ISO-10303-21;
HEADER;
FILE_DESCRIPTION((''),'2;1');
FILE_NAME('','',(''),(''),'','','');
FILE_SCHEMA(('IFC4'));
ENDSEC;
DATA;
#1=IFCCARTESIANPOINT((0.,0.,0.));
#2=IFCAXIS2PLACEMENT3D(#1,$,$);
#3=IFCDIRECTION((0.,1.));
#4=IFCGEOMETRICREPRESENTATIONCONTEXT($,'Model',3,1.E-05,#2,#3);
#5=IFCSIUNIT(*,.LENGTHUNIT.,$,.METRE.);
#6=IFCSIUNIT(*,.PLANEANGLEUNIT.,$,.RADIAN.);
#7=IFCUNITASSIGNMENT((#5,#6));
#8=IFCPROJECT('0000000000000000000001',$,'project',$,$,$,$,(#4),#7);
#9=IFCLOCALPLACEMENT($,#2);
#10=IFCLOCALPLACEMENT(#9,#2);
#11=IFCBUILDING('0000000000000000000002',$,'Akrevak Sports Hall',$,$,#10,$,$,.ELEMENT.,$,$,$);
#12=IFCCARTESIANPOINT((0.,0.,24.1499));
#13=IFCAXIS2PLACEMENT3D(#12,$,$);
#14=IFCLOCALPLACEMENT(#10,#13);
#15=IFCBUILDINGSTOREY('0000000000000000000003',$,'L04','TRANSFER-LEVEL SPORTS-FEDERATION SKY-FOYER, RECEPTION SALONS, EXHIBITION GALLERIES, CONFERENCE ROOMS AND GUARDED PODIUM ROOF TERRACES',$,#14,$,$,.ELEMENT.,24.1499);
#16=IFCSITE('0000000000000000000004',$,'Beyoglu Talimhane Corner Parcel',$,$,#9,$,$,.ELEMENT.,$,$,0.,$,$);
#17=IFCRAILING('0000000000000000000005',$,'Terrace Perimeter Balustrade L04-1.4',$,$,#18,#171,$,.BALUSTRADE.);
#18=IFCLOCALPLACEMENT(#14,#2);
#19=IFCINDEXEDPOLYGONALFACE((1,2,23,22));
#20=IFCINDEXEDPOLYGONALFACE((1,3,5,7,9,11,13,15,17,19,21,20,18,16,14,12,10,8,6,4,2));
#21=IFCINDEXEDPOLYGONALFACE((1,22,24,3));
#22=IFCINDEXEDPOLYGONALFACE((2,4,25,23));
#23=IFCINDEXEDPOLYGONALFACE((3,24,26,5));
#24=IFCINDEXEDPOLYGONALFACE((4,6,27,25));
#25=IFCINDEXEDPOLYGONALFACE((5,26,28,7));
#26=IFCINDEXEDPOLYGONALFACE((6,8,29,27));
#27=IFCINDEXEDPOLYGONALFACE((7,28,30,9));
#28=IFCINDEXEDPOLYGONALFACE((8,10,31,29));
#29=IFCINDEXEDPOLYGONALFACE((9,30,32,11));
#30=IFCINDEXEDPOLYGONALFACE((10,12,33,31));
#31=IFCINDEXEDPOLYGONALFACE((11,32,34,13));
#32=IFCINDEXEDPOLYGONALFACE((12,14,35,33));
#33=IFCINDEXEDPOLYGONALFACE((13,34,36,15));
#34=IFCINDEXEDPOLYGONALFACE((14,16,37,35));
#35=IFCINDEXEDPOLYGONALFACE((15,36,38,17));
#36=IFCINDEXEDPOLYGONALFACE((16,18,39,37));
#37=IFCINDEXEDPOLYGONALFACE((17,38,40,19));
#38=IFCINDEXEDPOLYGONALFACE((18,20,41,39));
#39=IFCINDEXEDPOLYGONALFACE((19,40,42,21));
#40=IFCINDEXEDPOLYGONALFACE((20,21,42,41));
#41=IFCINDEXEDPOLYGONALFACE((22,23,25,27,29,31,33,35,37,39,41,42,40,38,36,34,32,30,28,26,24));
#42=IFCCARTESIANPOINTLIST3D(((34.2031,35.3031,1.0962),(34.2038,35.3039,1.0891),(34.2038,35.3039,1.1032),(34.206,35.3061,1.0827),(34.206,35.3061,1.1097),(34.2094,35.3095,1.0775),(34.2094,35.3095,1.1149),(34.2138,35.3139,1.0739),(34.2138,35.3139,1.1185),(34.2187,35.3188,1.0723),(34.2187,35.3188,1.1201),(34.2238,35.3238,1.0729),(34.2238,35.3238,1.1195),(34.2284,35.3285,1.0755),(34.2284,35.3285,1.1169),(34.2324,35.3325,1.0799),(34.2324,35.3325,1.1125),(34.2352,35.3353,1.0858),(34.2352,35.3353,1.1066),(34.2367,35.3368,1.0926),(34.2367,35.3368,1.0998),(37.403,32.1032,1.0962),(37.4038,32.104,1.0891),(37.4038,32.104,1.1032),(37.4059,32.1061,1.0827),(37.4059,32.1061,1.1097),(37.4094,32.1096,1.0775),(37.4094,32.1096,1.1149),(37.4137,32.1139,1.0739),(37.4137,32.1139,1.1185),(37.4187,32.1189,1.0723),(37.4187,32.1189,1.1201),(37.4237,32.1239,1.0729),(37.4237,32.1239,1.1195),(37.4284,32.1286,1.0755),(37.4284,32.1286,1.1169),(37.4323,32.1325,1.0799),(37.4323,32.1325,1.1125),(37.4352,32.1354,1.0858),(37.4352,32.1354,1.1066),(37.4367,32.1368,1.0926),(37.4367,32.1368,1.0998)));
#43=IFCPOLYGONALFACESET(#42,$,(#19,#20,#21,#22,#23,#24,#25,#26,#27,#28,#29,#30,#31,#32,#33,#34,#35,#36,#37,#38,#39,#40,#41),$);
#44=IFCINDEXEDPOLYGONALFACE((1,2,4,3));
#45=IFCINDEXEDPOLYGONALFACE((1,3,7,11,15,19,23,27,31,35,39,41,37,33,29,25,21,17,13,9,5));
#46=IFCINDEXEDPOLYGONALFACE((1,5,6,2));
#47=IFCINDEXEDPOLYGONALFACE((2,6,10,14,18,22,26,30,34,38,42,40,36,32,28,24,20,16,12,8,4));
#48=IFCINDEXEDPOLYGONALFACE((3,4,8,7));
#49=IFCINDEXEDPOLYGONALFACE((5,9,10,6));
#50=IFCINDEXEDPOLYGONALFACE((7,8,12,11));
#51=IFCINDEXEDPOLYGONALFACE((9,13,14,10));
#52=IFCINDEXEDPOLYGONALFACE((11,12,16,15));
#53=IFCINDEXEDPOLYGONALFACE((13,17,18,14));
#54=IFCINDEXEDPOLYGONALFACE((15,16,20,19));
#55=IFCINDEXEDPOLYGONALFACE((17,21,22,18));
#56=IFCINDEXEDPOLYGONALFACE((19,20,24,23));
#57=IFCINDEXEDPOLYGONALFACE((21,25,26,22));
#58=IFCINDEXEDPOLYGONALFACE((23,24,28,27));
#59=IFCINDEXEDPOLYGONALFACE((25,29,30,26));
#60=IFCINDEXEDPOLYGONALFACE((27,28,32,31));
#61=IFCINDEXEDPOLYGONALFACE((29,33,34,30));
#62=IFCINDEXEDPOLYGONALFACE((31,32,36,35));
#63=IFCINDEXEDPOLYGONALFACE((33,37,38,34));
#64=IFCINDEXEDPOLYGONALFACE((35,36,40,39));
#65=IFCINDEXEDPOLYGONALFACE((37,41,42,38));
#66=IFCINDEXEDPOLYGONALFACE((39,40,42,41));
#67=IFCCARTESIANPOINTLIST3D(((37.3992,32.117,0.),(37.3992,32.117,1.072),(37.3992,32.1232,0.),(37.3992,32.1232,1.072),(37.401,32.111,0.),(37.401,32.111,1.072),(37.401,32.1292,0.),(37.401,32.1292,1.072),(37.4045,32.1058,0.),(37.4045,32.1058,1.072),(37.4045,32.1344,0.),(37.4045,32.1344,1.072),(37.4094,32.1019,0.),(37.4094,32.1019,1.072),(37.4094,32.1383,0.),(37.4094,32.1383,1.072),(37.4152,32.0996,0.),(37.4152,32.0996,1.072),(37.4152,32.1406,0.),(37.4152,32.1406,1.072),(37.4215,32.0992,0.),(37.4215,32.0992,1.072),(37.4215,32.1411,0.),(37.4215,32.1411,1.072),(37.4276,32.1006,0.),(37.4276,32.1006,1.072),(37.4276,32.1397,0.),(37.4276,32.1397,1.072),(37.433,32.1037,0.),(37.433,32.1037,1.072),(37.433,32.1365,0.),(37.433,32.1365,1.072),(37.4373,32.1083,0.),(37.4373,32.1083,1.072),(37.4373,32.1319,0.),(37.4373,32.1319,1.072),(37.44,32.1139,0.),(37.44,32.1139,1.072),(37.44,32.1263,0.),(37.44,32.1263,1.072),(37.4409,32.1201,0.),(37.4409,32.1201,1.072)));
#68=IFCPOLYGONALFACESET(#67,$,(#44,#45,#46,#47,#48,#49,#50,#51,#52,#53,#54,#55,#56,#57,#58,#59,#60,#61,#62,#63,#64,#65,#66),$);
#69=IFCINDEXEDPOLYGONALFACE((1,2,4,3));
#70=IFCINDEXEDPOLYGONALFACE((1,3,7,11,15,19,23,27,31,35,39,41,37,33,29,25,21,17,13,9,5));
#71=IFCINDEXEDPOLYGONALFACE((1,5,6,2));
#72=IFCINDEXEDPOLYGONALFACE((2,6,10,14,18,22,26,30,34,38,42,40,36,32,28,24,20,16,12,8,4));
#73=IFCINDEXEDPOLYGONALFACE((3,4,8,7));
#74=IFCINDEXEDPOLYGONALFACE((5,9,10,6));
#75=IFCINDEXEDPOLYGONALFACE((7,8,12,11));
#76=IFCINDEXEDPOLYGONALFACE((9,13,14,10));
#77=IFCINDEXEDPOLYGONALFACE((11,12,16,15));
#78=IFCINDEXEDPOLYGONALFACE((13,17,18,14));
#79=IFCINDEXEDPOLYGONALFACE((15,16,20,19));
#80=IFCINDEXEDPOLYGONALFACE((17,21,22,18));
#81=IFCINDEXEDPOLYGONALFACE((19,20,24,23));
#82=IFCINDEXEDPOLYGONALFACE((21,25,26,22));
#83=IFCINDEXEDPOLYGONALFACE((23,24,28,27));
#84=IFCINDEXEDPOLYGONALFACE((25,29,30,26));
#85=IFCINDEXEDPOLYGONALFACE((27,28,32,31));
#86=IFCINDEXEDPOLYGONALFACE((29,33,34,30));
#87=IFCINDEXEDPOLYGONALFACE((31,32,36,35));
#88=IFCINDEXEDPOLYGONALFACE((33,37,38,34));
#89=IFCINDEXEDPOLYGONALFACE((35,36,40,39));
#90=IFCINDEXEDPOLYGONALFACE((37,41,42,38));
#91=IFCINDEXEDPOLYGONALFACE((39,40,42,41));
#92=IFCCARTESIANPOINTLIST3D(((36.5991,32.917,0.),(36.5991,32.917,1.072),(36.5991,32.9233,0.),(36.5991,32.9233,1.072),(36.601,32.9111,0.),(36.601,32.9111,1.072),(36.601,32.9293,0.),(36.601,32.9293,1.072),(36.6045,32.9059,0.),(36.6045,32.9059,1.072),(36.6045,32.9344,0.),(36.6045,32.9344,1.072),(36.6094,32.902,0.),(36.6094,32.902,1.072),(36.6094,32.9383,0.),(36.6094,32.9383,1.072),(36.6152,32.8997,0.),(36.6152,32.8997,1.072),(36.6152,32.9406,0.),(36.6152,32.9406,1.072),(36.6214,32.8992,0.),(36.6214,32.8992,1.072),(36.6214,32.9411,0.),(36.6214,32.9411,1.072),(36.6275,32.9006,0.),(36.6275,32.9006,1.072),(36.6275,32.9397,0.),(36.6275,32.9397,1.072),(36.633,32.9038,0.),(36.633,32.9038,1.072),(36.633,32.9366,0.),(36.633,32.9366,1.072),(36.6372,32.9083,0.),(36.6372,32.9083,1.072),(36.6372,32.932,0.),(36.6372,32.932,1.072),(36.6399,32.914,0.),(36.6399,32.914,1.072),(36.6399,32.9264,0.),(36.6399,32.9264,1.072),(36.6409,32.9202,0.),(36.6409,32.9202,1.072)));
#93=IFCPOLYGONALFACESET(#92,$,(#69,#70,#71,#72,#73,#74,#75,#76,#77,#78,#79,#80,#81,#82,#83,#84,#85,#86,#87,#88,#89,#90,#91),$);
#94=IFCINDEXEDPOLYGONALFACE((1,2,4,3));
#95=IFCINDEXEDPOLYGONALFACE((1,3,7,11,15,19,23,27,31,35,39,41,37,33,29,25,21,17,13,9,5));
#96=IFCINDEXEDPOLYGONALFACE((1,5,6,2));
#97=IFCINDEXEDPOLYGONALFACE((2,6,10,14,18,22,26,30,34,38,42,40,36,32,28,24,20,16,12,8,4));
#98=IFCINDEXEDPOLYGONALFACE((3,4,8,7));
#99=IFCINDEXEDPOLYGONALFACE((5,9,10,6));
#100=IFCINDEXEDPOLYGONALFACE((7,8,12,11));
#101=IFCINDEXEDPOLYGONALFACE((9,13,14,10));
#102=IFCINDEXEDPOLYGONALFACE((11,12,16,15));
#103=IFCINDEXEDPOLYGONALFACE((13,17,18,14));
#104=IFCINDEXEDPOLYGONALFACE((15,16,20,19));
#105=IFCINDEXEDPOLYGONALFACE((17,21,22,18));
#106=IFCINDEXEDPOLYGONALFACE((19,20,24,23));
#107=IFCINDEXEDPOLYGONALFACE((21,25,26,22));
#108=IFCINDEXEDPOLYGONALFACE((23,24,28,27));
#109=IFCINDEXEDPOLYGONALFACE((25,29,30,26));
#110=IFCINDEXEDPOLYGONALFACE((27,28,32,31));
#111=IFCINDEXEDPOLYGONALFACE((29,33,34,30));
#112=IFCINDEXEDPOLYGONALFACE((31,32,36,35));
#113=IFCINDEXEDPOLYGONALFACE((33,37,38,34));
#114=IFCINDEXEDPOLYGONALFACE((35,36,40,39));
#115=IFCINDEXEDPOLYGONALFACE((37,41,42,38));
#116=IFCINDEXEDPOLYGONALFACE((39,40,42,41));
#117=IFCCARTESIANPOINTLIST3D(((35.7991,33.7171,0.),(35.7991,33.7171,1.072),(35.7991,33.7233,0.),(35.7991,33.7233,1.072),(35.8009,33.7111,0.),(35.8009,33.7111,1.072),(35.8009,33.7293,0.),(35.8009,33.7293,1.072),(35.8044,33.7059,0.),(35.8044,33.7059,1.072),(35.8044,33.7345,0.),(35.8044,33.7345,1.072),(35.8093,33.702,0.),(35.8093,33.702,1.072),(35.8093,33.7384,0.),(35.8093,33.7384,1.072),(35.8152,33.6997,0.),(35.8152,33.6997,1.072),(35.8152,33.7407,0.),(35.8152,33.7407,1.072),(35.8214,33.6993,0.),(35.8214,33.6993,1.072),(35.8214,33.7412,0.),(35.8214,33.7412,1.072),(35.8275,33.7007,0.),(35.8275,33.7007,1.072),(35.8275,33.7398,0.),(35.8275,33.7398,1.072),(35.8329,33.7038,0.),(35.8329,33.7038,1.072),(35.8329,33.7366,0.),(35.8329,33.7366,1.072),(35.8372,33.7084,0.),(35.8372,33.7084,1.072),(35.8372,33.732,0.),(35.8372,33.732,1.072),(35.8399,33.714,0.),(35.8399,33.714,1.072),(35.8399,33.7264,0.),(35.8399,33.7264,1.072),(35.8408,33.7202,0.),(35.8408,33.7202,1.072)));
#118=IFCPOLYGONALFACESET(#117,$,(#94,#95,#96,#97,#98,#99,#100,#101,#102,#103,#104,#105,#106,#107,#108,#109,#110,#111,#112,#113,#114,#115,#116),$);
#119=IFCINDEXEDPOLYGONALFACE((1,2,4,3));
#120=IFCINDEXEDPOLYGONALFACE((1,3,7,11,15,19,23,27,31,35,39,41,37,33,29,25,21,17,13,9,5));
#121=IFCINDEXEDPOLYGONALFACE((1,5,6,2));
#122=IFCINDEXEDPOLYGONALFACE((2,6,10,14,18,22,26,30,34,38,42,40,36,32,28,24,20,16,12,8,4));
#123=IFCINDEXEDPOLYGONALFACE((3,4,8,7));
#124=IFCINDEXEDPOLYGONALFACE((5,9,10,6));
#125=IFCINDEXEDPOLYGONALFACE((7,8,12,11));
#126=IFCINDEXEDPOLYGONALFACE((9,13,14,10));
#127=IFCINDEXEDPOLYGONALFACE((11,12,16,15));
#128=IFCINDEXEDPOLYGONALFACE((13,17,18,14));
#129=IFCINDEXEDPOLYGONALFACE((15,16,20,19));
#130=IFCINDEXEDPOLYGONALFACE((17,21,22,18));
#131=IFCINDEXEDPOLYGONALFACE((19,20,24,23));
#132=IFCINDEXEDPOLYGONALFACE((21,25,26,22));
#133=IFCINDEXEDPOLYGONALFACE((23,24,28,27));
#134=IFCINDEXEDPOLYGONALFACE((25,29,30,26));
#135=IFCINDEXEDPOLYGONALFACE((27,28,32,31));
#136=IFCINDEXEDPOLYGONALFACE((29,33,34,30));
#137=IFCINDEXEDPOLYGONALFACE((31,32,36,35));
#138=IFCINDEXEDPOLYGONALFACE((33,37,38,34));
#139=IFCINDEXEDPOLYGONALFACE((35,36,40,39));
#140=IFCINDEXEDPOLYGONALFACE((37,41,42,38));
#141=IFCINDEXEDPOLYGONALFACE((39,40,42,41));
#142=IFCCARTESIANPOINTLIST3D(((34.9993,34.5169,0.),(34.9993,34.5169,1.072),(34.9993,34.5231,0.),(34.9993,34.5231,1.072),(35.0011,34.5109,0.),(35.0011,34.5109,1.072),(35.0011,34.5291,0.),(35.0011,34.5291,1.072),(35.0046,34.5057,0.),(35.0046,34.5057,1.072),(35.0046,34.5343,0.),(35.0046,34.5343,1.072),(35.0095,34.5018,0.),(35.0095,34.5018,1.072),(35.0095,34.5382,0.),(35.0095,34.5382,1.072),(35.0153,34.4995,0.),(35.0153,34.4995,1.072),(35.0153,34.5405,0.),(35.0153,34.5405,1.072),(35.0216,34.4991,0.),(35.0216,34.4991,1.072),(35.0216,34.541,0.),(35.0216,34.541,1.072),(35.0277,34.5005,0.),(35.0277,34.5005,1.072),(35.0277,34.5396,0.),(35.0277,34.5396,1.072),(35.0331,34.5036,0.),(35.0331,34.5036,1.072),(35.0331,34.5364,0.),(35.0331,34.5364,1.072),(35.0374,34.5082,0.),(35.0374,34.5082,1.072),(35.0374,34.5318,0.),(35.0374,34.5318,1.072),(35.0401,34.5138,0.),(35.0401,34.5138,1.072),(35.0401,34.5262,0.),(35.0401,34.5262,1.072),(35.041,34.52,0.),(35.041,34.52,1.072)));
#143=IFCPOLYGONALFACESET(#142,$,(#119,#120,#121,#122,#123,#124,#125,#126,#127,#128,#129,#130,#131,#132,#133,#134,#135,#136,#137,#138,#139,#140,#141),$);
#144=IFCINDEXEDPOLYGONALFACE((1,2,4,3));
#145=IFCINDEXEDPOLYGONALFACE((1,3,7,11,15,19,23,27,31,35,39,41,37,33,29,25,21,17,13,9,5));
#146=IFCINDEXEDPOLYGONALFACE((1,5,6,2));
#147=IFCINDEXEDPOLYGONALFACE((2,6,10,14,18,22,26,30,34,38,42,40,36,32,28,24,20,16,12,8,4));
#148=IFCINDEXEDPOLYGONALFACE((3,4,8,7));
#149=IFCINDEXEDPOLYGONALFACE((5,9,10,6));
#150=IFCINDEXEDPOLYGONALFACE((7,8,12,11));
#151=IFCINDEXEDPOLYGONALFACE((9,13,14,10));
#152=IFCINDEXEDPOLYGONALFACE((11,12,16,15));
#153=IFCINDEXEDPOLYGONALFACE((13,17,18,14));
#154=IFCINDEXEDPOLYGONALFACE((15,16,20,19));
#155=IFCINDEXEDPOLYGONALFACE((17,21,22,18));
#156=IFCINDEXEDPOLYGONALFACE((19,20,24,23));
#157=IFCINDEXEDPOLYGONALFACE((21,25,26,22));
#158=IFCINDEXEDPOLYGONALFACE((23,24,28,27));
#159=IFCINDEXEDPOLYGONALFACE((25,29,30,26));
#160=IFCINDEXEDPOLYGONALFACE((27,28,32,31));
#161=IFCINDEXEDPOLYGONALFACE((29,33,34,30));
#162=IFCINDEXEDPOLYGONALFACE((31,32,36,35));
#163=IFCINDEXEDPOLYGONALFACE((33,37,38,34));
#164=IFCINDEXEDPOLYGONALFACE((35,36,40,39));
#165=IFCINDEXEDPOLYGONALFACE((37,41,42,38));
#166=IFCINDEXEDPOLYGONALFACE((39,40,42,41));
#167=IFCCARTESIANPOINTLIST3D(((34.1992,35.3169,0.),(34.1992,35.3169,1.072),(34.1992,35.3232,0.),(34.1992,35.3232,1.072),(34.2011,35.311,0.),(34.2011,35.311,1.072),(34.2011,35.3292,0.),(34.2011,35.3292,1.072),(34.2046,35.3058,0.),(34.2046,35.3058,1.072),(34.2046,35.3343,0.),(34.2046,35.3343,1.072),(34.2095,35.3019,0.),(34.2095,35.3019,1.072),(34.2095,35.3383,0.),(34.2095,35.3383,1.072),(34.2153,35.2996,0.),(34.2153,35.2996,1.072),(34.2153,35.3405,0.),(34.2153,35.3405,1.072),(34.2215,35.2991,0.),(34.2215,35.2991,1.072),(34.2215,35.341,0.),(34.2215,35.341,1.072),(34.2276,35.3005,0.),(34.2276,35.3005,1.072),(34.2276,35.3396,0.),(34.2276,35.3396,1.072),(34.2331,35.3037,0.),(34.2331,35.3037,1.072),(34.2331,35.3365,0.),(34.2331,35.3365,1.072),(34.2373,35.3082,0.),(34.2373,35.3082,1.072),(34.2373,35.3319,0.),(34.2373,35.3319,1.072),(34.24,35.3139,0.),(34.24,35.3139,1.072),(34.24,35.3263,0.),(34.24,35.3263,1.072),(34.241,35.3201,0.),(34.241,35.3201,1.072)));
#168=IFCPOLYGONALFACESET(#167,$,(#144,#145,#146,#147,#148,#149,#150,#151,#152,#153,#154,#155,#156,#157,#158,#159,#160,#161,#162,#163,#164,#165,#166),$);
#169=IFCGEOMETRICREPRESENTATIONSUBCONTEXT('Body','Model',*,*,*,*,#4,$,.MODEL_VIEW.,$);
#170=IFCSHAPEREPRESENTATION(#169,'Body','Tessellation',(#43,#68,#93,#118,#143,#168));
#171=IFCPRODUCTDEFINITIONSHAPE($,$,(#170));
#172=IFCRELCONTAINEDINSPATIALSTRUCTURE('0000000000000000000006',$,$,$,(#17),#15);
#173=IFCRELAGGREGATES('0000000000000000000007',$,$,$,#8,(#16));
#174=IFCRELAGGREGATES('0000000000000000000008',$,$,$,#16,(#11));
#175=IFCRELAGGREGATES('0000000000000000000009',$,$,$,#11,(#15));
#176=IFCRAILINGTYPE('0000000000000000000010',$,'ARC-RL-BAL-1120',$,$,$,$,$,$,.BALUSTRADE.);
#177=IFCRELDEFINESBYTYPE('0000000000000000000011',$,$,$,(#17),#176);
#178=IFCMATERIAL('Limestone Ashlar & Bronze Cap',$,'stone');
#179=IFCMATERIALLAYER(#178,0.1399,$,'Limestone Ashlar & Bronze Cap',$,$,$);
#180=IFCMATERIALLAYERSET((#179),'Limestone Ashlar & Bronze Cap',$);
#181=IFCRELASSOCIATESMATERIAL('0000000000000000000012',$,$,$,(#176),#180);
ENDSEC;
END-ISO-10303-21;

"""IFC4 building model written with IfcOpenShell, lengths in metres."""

from ifc_helpers import new_model, si_unit, direction, frame, origin, origin_2d, place, context, subcontext, project, spatial, circle, extrude, material, layer, layer_set, type_object, element, save


model = new_model("IFC4")

# Units and contexts
model_context = context("Model", 3, precision=1e-05, world=origin(), true_north=direction((0.0, 1.0)))
body_context = subcontext(model_context, "Body", "Model", "MODEL_VIEW")
ifc_project = project(units=[si_unit("LENGTHUNIT", "METRE"), si_unit("PLANEANGLEUNIT", "RADIAN")], contexts=[model_context])

# Site, building, storey
site_placement = place(None, origin())
site = spatial("IfcSite", under=ifc_project, at=site_placement, Name="Beyoglu Talimhane Corner Parcel", CompositionType="ELEMENT", RefElevation=0.0)
building_placement = place(site_placement, origin())
building = spatial("IfcBuilding", under=site, at=building_placement, Name="Akrevak Sports Hall", CompositionType="ELEMENT")
storey_placement = place(building_placement, frame((0.0, 0.0, 24.1499)))
storey = spatial("IfcBuildingStorey", under=building, at=storey_placement, Name="L04", Description="TRANSFER-LEVEL SPORTS-FEDERATION SKY-FOYER, RECEPTION SALONS, EXHIBITION GALLERIES, CONFERENCE ROOMS AND GUARDED PODIUM ROOF TERRACES", CompositionType="ELEMENT", Elevation=24.1499)

# Railing
ifc_material_1 = material(Name="Limestone Ashlar & Bronze Cap", Category="stone")
ifc_layer_1 = layer(ifc_material_1, 0.1399, Name="Limestone Ashlar & Bronze Cap")
ifc_layer_set_1 = layer_set([ifc_layer_1], Name="Limestone Ashlar & Bronze Cap")
railing_type = type_object("IfcRailingType", Name="ARC-RL-BAL-1120", PredefinedType="BALUSTRADE", material=ifc_layer_set_1)
railing_1_placement = place(storey_placement, frame((37.4199, 32.1201, 0.0)))
element("IfcRailing", 1, at=railing_1_placement, inside=storey, type_object=railing_type, Name="Terrace Perimeter Balustrade L04-1.4", PredefinedType="BALUSTRADE", context=body_context, shape_type="SweptSolid", body=[
    extrude(circle(Radius=0.0239, at=origin_2d()), frame((0.0, 0.0, 1.0962), z_axis=(-0.707107, 0.707107, 0.0), x_axis=(-0.707107, -0.707107, 0.0)), (0.0, 0.0, 1.0), 4.5254),
    extrude(circle(Radius=0.021, at=origin_2d()), origin(), (0.0, 0.0, 1.0), 1.072),
    extrude(circle(Radius=0.021, at=origin_2d()), frame((-0.8, 0.8, 0.0)), (0.0, 0.0, 1.0), 1.072),
    extrude(circle(Radius=0.021, at=origin_2d()), frame((-1.6001, 1.6001, 0.0)), (0.0, 0.0, 1.0), 1.072),
    extrude(circle(Radius=0.021, at=origin_2d()), frame((-2.3999, 2.3999, 0.0)), (0.0, 0.0, 1.0), 1.072),
    extrude(circle(Radius=0.021, at=origin_2d()), frame((-3.2, 3.2, 0.0)), (0.0, 0.0, 1.0), 1.072),
])

save(model, "model.ifc")
